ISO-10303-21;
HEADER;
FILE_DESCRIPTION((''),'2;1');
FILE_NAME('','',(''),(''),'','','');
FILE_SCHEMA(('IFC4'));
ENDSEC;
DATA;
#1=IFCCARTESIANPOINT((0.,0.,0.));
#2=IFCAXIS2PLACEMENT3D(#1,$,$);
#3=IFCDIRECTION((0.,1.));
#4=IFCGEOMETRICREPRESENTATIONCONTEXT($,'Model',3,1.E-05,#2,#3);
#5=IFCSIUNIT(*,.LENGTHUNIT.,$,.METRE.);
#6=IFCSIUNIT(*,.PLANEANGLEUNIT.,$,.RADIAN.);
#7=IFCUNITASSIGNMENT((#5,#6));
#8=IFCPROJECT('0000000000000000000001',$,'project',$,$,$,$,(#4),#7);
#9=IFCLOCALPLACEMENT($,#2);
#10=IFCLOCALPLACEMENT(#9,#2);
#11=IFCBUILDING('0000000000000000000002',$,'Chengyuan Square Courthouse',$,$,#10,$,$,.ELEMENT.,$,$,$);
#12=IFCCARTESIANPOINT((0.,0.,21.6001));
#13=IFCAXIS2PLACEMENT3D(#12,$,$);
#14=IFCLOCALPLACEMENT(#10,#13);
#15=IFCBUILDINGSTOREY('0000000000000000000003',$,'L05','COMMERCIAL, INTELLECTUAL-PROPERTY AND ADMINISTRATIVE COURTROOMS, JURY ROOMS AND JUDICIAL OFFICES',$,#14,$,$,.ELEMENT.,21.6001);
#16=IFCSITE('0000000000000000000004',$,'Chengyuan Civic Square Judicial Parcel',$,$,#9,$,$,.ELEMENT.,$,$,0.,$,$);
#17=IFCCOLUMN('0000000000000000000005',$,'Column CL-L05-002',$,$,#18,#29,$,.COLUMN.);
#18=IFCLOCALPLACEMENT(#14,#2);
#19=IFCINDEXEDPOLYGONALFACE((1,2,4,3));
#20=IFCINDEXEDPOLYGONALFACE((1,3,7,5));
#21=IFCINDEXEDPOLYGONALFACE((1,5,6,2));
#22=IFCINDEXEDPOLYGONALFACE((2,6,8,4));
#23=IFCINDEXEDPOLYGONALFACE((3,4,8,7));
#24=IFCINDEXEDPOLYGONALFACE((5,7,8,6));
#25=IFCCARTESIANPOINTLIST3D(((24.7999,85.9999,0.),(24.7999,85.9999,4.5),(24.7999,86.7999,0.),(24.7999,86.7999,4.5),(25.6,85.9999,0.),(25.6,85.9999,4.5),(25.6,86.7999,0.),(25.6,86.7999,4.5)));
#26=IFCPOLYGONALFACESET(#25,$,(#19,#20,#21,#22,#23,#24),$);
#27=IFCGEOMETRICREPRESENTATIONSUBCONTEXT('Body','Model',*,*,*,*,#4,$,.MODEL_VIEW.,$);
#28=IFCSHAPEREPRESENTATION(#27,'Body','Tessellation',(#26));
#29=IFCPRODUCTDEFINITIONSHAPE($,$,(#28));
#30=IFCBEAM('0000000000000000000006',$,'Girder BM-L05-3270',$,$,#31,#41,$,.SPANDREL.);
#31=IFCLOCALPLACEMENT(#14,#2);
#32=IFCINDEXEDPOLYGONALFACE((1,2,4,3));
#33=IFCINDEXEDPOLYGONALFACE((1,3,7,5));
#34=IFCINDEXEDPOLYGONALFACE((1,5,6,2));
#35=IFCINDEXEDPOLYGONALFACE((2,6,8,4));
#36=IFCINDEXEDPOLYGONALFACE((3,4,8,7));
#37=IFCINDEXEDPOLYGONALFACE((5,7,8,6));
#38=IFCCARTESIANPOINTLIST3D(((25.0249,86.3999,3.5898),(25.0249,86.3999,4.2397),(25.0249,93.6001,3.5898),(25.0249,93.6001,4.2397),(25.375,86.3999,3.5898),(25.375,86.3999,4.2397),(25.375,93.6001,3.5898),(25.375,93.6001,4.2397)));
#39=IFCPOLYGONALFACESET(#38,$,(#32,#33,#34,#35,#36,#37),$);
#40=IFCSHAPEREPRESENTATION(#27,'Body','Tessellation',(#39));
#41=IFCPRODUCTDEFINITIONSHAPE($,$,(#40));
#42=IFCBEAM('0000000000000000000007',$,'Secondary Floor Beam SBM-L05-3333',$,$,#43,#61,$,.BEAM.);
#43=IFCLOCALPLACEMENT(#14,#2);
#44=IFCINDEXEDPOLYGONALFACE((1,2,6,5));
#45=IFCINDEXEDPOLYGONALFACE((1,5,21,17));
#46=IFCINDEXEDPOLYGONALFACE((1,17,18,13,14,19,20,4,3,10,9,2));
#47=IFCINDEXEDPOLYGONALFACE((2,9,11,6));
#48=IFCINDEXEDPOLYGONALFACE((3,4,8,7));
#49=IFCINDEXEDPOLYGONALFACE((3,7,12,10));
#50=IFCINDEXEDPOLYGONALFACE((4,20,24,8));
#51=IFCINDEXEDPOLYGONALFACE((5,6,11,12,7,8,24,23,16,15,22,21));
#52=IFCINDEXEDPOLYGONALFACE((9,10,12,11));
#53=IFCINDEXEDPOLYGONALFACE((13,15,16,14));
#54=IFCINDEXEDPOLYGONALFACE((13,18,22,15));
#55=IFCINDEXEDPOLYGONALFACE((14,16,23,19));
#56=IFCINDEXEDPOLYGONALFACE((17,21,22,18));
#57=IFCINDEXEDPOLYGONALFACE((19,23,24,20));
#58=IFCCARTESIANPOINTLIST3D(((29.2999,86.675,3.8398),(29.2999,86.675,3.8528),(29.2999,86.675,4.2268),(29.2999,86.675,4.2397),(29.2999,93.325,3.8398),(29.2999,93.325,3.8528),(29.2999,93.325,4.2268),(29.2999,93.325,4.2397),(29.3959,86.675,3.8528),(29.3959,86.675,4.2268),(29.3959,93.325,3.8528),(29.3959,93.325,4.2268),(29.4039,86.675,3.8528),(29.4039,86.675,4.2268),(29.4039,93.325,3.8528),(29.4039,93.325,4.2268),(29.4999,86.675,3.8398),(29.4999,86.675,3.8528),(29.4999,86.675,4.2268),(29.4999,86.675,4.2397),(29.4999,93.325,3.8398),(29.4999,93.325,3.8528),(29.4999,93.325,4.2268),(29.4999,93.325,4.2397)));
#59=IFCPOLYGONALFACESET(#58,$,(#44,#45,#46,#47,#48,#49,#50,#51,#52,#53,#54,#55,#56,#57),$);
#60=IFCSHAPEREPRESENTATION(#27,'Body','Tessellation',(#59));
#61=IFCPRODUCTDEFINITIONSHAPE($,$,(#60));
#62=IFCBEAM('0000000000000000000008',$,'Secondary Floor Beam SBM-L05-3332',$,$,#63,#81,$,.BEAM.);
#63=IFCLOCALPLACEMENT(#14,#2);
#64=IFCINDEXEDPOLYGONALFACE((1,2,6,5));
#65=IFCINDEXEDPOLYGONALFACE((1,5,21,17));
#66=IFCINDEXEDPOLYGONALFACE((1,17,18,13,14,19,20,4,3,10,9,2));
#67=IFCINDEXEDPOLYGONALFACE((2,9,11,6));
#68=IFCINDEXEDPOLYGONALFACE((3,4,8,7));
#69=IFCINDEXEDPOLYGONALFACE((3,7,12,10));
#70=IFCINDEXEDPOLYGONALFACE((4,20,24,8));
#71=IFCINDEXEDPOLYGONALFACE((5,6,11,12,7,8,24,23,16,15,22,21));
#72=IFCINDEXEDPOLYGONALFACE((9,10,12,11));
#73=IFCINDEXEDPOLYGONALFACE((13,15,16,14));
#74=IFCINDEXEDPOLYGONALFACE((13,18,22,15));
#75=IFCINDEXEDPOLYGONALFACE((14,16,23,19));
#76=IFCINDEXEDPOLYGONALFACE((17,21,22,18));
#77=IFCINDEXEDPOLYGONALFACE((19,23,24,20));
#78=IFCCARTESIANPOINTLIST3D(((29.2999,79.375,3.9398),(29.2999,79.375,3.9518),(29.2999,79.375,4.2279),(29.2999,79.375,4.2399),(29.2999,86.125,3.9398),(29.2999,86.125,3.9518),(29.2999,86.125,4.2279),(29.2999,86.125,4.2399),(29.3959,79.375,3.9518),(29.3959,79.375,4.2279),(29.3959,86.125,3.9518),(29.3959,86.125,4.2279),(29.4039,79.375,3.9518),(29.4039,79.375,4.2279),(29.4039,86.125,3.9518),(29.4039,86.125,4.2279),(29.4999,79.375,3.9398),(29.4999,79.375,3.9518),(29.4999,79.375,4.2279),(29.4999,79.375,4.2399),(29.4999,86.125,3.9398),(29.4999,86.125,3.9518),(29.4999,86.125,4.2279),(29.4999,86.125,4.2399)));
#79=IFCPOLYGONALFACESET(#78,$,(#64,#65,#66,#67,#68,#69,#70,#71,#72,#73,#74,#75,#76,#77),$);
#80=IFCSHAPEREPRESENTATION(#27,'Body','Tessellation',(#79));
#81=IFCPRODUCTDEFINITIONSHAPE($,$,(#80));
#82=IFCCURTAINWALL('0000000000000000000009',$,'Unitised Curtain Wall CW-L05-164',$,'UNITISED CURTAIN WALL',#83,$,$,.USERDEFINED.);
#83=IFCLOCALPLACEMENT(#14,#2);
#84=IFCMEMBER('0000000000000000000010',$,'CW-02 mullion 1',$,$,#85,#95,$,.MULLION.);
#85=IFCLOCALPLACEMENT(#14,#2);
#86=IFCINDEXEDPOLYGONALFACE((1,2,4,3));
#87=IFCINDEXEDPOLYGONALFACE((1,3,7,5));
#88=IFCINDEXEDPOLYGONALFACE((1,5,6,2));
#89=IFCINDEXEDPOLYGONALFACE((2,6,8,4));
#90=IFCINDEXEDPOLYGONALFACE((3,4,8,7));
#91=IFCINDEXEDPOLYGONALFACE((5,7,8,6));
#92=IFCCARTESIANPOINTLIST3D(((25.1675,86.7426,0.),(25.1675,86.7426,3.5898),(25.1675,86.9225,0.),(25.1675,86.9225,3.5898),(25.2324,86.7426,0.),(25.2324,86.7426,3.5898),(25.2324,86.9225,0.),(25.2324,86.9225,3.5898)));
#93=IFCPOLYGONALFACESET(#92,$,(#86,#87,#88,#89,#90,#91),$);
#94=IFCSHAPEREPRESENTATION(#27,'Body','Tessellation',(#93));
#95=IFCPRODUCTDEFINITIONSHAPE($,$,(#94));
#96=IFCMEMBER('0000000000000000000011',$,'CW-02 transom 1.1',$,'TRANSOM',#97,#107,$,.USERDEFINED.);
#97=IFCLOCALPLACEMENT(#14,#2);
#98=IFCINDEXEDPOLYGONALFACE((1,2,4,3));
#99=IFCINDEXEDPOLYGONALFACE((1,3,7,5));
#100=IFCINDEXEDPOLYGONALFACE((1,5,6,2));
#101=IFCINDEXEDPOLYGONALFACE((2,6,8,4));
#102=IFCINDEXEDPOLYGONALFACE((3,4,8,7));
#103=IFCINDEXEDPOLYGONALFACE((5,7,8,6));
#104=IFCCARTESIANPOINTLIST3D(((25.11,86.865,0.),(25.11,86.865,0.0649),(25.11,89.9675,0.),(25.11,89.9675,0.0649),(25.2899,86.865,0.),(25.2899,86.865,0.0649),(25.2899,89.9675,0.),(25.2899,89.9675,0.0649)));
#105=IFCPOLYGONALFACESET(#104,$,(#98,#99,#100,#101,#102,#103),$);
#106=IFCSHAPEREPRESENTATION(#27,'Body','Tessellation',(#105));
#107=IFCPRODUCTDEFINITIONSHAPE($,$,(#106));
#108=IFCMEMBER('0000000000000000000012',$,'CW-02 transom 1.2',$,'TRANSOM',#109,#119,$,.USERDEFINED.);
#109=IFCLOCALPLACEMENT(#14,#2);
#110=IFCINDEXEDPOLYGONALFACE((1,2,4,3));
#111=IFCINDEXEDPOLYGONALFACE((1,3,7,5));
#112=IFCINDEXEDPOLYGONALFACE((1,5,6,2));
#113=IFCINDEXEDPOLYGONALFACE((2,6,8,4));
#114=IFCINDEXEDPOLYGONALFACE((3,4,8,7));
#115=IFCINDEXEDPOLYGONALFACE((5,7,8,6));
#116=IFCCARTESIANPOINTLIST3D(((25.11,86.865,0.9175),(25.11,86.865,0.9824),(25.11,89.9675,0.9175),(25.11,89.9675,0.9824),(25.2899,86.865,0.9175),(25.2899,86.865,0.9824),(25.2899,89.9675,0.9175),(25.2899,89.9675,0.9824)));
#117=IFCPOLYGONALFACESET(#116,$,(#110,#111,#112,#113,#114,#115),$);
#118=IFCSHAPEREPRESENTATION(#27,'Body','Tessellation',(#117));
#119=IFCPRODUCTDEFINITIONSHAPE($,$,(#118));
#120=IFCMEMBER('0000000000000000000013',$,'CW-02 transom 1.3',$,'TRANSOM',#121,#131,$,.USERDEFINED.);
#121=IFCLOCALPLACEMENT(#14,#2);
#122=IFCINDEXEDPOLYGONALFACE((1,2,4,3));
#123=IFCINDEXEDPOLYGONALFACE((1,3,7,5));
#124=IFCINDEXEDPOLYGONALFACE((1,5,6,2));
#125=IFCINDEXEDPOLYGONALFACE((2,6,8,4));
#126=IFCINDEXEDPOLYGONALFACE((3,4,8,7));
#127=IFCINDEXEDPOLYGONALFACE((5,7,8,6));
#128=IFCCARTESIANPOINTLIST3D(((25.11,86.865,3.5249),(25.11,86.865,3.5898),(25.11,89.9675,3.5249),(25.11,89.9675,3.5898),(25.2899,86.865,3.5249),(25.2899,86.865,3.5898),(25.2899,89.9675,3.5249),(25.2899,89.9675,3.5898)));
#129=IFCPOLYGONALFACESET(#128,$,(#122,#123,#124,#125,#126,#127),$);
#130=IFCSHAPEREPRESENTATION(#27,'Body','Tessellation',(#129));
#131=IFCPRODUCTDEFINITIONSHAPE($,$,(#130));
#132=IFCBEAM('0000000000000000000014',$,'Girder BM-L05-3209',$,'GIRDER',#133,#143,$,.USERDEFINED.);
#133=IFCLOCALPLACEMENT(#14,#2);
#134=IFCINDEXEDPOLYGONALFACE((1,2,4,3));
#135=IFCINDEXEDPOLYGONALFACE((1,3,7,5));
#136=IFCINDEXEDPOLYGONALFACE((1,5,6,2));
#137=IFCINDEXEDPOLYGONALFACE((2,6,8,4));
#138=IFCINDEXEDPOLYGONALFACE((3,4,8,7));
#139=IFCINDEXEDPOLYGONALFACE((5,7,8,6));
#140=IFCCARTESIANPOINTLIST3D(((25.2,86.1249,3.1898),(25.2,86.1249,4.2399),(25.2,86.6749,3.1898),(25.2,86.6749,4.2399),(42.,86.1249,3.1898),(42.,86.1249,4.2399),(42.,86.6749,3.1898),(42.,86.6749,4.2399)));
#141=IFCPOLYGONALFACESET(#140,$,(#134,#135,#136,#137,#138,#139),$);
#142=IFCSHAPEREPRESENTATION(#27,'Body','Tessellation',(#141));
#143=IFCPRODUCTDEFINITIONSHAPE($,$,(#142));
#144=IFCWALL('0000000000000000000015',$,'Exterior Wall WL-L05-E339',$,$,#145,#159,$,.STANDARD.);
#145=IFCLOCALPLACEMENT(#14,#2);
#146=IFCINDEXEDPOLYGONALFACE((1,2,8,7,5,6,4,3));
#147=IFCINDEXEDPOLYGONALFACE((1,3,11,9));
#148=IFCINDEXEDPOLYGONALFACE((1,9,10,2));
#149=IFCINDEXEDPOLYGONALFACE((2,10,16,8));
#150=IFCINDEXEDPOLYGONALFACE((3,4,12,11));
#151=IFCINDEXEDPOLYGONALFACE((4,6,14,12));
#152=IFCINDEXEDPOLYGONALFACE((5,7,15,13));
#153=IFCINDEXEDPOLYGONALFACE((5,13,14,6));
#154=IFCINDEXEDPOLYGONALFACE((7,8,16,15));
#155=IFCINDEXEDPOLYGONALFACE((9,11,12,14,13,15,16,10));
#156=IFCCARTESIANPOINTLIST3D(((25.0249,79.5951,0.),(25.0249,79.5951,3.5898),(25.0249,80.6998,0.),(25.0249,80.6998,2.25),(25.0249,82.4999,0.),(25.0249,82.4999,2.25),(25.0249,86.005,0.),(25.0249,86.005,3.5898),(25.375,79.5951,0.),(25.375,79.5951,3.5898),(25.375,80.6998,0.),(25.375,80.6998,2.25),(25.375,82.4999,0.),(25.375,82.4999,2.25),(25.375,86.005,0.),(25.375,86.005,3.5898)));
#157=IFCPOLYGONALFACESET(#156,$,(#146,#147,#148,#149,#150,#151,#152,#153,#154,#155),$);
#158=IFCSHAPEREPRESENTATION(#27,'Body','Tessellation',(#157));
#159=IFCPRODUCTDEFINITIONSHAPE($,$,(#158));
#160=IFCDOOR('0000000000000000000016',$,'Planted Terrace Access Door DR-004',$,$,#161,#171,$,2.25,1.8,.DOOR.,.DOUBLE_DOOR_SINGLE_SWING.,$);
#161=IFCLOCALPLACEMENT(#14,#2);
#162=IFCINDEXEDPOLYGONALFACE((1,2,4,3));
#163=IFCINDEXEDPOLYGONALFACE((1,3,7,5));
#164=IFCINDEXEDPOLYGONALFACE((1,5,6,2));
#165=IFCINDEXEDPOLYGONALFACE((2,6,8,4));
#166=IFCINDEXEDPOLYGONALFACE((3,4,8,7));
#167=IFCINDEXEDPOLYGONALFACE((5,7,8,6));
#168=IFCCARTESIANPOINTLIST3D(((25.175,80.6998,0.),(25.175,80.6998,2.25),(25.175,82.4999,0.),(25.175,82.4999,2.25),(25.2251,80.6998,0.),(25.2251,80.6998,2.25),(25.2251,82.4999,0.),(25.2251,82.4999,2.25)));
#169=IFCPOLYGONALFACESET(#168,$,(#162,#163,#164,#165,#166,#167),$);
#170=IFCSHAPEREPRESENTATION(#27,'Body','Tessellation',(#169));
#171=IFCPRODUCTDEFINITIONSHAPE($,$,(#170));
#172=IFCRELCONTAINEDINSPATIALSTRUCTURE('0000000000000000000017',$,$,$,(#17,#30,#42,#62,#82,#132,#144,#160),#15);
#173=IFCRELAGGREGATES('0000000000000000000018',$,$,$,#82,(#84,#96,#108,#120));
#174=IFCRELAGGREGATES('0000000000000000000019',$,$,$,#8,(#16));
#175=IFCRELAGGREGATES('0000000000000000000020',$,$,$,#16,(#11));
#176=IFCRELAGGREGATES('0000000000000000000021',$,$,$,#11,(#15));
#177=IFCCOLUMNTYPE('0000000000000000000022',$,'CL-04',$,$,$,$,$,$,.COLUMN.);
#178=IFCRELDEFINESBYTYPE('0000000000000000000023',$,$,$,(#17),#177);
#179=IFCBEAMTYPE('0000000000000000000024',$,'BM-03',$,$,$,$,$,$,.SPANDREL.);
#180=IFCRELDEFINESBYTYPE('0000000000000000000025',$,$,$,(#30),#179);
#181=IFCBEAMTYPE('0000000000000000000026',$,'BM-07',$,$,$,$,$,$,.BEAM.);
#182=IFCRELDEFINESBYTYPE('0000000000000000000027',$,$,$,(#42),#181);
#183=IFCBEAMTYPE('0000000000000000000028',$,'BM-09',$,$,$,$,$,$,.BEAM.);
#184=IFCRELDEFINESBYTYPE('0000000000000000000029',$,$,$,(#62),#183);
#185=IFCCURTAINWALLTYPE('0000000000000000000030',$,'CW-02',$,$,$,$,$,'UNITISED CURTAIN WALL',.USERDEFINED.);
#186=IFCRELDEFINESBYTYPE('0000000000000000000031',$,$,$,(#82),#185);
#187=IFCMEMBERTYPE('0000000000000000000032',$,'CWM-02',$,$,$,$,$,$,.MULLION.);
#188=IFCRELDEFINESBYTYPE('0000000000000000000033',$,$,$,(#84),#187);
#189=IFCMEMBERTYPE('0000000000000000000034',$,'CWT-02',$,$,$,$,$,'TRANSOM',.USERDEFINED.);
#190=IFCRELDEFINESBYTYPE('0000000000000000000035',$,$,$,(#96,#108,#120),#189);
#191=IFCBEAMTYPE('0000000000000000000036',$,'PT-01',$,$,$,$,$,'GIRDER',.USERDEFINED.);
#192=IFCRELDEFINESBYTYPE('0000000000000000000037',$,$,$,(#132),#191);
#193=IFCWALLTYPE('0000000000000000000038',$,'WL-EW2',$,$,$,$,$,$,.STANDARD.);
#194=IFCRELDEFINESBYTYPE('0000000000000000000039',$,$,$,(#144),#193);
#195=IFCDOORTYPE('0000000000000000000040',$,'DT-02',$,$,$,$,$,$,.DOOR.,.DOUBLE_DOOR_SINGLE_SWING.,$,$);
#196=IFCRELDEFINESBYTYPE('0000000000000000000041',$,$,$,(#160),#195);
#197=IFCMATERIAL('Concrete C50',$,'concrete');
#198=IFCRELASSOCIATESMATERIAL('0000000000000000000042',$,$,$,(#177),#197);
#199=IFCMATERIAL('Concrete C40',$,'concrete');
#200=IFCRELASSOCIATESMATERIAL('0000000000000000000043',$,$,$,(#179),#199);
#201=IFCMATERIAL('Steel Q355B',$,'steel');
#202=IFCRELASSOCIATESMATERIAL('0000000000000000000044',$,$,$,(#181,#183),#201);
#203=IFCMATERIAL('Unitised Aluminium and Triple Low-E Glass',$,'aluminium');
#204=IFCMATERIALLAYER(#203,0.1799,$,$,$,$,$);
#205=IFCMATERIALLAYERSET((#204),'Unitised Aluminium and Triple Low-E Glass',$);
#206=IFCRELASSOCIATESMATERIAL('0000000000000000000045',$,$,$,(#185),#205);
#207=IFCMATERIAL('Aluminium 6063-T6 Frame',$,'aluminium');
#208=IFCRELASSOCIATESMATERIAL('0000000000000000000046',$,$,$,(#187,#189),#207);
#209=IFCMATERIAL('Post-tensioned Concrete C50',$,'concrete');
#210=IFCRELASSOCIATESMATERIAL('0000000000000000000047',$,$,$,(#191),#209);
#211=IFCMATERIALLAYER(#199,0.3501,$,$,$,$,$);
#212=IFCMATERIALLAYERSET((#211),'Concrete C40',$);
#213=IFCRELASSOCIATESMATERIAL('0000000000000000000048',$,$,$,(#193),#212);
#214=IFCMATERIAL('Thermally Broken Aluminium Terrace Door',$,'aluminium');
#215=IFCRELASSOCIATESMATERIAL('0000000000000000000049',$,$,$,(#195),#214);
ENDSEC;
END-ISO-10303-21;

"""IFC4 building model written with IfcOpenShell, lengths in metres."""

from ifc_helpers import new_model, si_unit, direction, frame, frame_2d, origin, origin_2d, place, context, subcontext, project, spatial, rectangle, i_section, extrude, material, layer, layer_set, material_profile, profile_set, type_object, element, fill, aggregate, save


model = new_model("IFC4")

# Units and contexts
model_context = context("Model", 3, precision=1e-05, world=origin(), true_north=direction((0.0, 1.0)))
body_context = subcontext(model_context, "Body", "Model", "MODEL_VIEW")
ifc_project = project(units=[si_unit("LENGTHUNIT", "METRE"), si_unit("PLANEANGLEUNIT", "RADIAN")], contexts=[model_context])

# Site, building, storey
site_placement = place(None, origin())
site = spatial("IfcSite", under=ifc_project, at=site_placement, Name="Chengyuan Civic Square Judicial Parcel", CompositionType="ELEMENT", RefElevation=0.0)
building_placement = place(site_placement, origin())
building = spatial("IfcBuilding", under=site, at=building_placement, Name="Chengyuan Square Courthouse", CompositionType="ELEMENT")
storey_placement = place(building_placement, frame((0.0, 0.0, 21.6001)))
storey = spatial("IfcBuildingStorey", under=building, at=storey_placement, Name="L05", Description="COMMERCIAL, INTELLECTUAL-PROPERTY AND ADMINISTRATIVE COURTROOMS, JURY ROOMS AND JUDICIAL OFFICES", CompositionType="ELEMENT", Elevation=21.6001)

# Column
ifc_material_1 = material(Name="Concrete C50", Category="concrete")
ifc_material_profile_1 = material_profile(ifc_material_1, rectangle(XDim=0.8, YDim=0.8, at=origin_2d()), Name="RC-COL-800x800")
ifc_profile_set_1 = profile_set([ifc_material_profile_1], Name="Concrete C50")
column_type = type_object("IfcColumnType", Name="CL-04", PredefinedType="COLUMN", material=ifc_profile_set_1)
column_placement = place(storey_placement, frame((25.2, 86.3999, 0.0), z_axis=(0.0, 0.0, 1.0), x_axis=(1.0, 0.0, 0.0)))
element("IfcColumn", 1, at=column_placement, inside=storey, type_object=column_type, Name="Column CL-L05-002", PredefinedType="COLUMN", context=body_context, shape_type="SweptSolid", body=[
    extrude(rectangle(XDim=0.8, YDim=0.8, at=origin_2d()), origin(), (0.0, 0.0, 1.0), 4.5),
])

# Beams
ifc_material_2 = material(Name="Concrete C40", Category="concrete")
ifc_material_profile_2 = material_profile(ifc_material_2, rectangle(XDim=0.3501, YDim=0.6499, at=origin_2d()), Name="RC-BM-350x650")
ifc_profile_set_2 = profile_set([ifc_material_profile_2], Name="Concrete C40")
beam_type_1 = type_object("IfcBeamType", Name="BM-03", PredefinedType="SPANDREL", material=ifc_profile_set_2)
beam_1_placement = place(storey_placement, frame((25.2, 86.3999, 3.9148), z_axis=(0.0, 1.0, 0.0), x_axis=(-1.0, 0.0, 0.0)))
element("IfcBeam", 2, at=beam_1_placement, inside=storey, type_object=beam_type_1, Name="Girder BM-L05-3270", PredefinedType="SPANDREL", context=body_context, shape_type="SweptSolid", body=[
    extrude(rectangle(XDim=0.3501, YDim=0.6499, at=origin_2d()), origin(), (0.0, 0.0, 1.0), 7.2002),
])
ifc_material_3 = material(Name="Steel Q355B", Category="steel")
ifc_material_profile_3 = material_profile(ifc_material_3, i_section(OverallWidth=0.2, OverallDepth=0.3999, WebThickness=0.0081, FlangeThickness=0.0129, at=origin_2d()), Name="HN 400x200x8x13")
ifc_profile_set_3 = profile_set([ifc_material_profile_3], Name="Steel Q355B")
beam_type_2 = type_object("IfcBeamType", Name="BM-07", PredefinedType="BEAM", material=ifc_profile_set_3)
beam_2_placement = place(storey_placement, frame((29.3999, 86.675, 4.0398), z_axis=(0.0, 1.0, 0.0), x_axis=(-1.0, 0.0, 0.0)))
element("IfcBeam", 3, at=beam_2_placement, inside=storey, type_object=beam_type_2, Name="Secondary Floor Beam SBM-L05-3333", PredefinedType="BEAM", context=body_context, shape_type="SweptSolid", body=[
    extrude(i_section(OverallWidth=0.2, OverallDepth=0.3999, WebThickness=0.0081, FlangeThickness=0.0129, at=origin_2d()), origin(), (0.0, 0.0, 1.0), 6.6499),
])
ifc_material_profile_4 = material_profile(ifc_material_3, i_section(OverallWidth=0.2, OverallDepth=0.3, WebThickness=0.0081, FlangeThickness=0.012, at=origin_2d()), Name="HM 300x200x8x12")
ifc_profile_set_4 = profile_set([ifc_material_profile_4], Name="Steel Q355B")
beam_type_3 = type_object("IfcBeamType", Name="BM-09", PredefinedType="BEAM", material=ifc_profile_set_4)
beam_3_placement = place(storey_placement, frame((29.3999, 79.375, 4.0898), z_axis=(0.0, 1.0, 0.0), x_axis=(-1.0, 0.0, 0.0)))
element("IfcBeam", 4, at=beam_3_placement, inside=storey, type_object=beam_type_3, Name="Secondary Floor Beam SBM-L05-3332", PredefinedType="BEAM", context=body_context, shape_type="SweptSolid", body=[
    extrude(i_section(OverallWidth=0.2, OverallDepth=0.3, WebThickness=0.0081, FlangeThickness=0.012, at=origin_2d()), origin(), (0.0, 0.0, 1.0), 6.75),
])

# Curtain wall, members
ifc_material_4 = material(Name="Unitised Aluminium and Triple Low-E Glass", Category="aluminium")
ifc_layer_1 = layer(ifc_material_4, 0.1799)
ifc_layer_set_1 = layer_set([ifc_layer_1], Name="Unitised Aluminium and Triple Low-E Glass")
curtain_wall_type = type_object("IfcCurtainWallType", Name="CW-02", ElementType="UNITISED CURTAIN WALL", PredefinedType="USERDEFINED", material=ifc_layer_set_1)
curtain_wall_placement = place(storey_placement, origin())
curtain_wall = element("IfcCurtainWall", 5, at=curtain_wall_placement, inside=storey, type_object=curtain_wall_type, Name="Unitised Curtain Wall CW-L05-164", ObjectType="UNITISED CURTAIN WALL", PredefinedType="USERDEFINED")
ifc_material_5 = material(Name="Aluminium 6063-T6 Frame", Category="aluminium")
ifc_material_profile_5 = material_profile(ifc_material_5, rectangle(XDim=0.0649, YDim=0.1799, at=origin_2d()), Name="CW-MUL-65x180")
ifc_profile_set_5 = profile_set([ifc_material_profile_5], Name="Aluminium 6063-T6 Frame")
member_type_1 = type_object("IfcMemberType", Name="CWM-02", PredefinedType="MULLION", material=ifc_profile_set_5)
member_1_placement = place(storey_placement, frame((25.2, 86.8325, 0.0), z_axis=(0.0, 0.0, 1.0), x_axis=(-1.0, 0.0, 0.0)))
member_1 = element("IfcMember", 6, at=member_1_placement, type_object=member_type_1, Name="CW-02 mullion 1", PredefinedType="MULLION", context=body_context, shape_type="SweptSolid", body=[
    extrude(rectangle(XDim=0.0649, YDim=0.1799, at=origin_2d()), origin(), (0.0, 0.0, 1.0), 3.5898),
])
ifc_material_profile_6 = material_profile(ifc_material_5, rectangle(XDim=0.1799, YDim=0.0649, at=origin_2d()), Name="CW-TRN-65x140")
ifc_profile_set_6 = profile_set([ifc_material_profile_6], Name="Aluminium 6063-T6 Frame")
member_type_2 = type_object("IfcMemberType", Name="CWT-02", ElementType="TRANSOM", PredefinedType="USERDEFINED", material=ifc_profile_set_6)
member_2_placement = place(storey_placement, frame((25.2, 86.865, 0.0325), z_axis=(0.0, 1.0, 0.0), x_axis=(-1.0, 0.0, 0.0)))
member_2 = element("IfcMember", 7, at=member_2_placement, type_object=member_type_2, Name="CW-02 transom 1.1", ObjectType="TRANSOM", PredefinedType="USERDEFINED", context=body_context, shape_type="SweptSolid", body=[
    extrude(rectangle(XDim=0.1799, YDim=0.0649, at=origin_2d()), origin(), (0.0, 0.0, 1.0), 3.1025),
])
member_3_placement = place(storey_placement, frame((25.2, 86.865, 0.95), z_axis=(0.0, 1.0, 0.0), x_axis=(-1.0, 0.0, 0.0)))
member_3 = element("IfcMember", 8, at=member_3_placement, type_object=member_type_2, Name="CW-02 transom 1.2", ObjectType="TRANSOM", PredefinedType="USERDEFINED", context=body_context, shape_type="SweptSolid", body=[
    extrude(rectangle(XDim=0.1799, YDim=0.0649, at=origin_2d()), origin(), (0.0, 0.0, 1.0), 3.1025),
])
member_4_placement = place(storey_placement, frame((25.2, 86.865, 3.5574), z_axis=(0.0, 1.0, 0.0), x_axis=(-1.0, 0.0, 0.0)))
member_4 = element("IfcMember", 9, at=member_4_placement, type_object=member_type_2, Name="CW-02 transom 1.3", ObjectType="TRANSOM", PredefinedType="USERDEFINED", context=body_context, shape_type="SweptSolid", body=[
    extrude(rectangle(XDim=0.1799, YDim=0.0649, at=origin_2d()), origin(), (0.0, 0.0, 1.0), 3.1025),
])
aggregate(curtain_wall, [member_1, member_2, member_3, member_4])

# Beam
ifc_material_6 = material(Name="Post-tensioned Concrete C50", Category="concrete")
ifc_material_profile_7 = material_profile(ifc_material_6, rectangle(XDim=0.55, YDim=1.05, at=origin_2d()), Name="PT-BM-550x1050")
ifc_profile_set_7 = profile_set([ifc_material_profile_7], Name="Post-tensioned Concrete C50")
beam_type_4 = type_object("IfcBeamType", Name="PT-01", ElementType="GIRDER", PredefinedType="USERDEFINED", material=ifc_profile_set_7)
beam_4_placement = place(storey_placement, frame((25.2, 86.3999, 3.7148), z_axis=(1.0, 0.0, 0.0), x_axis=(0.0, 1.0, 0.0)))
element("IfcBeam", 10, at=beam_4_placement, inside=storey, type_object=beam_type_4, Name="Girder BM-L05-3209", ObjectType="GIRDER", PredefinedType="USERDEFINED", context=body_context, shape_type="SweptSolid", body=[
    extrude(rectangle(XDim=0.55, YDim=1.05, at=origin_2d()), origin(), (0.0, 0.0, 1.0), 16.8),
])

# Wall, opening, door
ifc_layer_2 = layer(ifc_material_2, 0.3501)
ifc_layer_set_2 = layer_set([ifc_layer_2], Name="Concrete C40")
wall_type_1 = type_object("IfcWallType", Name="WL-EW2", PredefinedType="STANDARD", material=ifc_layer_set_2)
wall_1_placement = place(storey_placement, frame((25.2, 79.595, 0.0), z_axis=(0.0, 0.0, 1.0), x_axis=(0.0, 1.0, 0.0)))
wall_1 = element("IfcWall", 11, at=wall_1_placement, inside=storey, type_object=wall_type_1, Name="Exterior Wall WL-L05-E339", PredefinedType="STANDARD", context=body_context, shape_type="SweptSolid", body=[
    extrude(rectangle(XDim=6.4099, YDim=0.3501, at=frame_2d((3.2051, 0.0))), origin(), (0.0, 0.0, 1.0), 3.5898),
])
opening_1_placement = place(wall_1_placement, frame((1.105, 0.0, 0.0)))
opening_1 = element("IfcOpeningElement", 12, at=opening_1_placement, cuts=wall_1, PredefinedType="OPENING", context=body_context, shape_type="SweptSolid", body=[
    extrude(rectangle(XDim=1.8, YDim=2.25, at=frame_2d((0.8999, 1.125))), frame((0.0, 0.187, 0.0), z_axis=(0.0, -1.0, 0.0), x_axis=(1.0, 0.0, 0.0)), (0.0, 0.0, 1.0), 0.374),
])
ifc_material_7 = material(Name="Thermally Broken Aluminium Terrace Door", Category="aluminium")
door_type_1 = type_object("IfcDoorType", Name="DT-02", OperationType="DOUBLE_DOOR_SINGLE_SWING", PredefinedType="DOOR", material=ifc_material_7)
door_1_placement = place(opening_1_placement, origin())
door_1 = element("IfcDoor", 13, at=door_1_placement, inside=storey, type_object=door_type_1, Name="Planted Terrace Access Door DR-004", OperationType="DOUBLE_DOOR_SINGLE_SWING", OverallHeight=2.25, OverallWidth=1.8, PredefinedType="DOOR", context=body_context, shape_type="SweptSolid", body=[
    extrude(rectangle(XDim=1.8, YDim=2.25, at=frame_2d((0.8999, 1.125))), frame((0.0, 0.0249, 0.0), z_axis=(0.0, -1.0, 0.0), x_axis=(1.0, 0.0, 0.0)), (0.0, 0.0, 1.0), 0.05),
])
fill(opening_1, door_1)

save(model, "model.ifc")
